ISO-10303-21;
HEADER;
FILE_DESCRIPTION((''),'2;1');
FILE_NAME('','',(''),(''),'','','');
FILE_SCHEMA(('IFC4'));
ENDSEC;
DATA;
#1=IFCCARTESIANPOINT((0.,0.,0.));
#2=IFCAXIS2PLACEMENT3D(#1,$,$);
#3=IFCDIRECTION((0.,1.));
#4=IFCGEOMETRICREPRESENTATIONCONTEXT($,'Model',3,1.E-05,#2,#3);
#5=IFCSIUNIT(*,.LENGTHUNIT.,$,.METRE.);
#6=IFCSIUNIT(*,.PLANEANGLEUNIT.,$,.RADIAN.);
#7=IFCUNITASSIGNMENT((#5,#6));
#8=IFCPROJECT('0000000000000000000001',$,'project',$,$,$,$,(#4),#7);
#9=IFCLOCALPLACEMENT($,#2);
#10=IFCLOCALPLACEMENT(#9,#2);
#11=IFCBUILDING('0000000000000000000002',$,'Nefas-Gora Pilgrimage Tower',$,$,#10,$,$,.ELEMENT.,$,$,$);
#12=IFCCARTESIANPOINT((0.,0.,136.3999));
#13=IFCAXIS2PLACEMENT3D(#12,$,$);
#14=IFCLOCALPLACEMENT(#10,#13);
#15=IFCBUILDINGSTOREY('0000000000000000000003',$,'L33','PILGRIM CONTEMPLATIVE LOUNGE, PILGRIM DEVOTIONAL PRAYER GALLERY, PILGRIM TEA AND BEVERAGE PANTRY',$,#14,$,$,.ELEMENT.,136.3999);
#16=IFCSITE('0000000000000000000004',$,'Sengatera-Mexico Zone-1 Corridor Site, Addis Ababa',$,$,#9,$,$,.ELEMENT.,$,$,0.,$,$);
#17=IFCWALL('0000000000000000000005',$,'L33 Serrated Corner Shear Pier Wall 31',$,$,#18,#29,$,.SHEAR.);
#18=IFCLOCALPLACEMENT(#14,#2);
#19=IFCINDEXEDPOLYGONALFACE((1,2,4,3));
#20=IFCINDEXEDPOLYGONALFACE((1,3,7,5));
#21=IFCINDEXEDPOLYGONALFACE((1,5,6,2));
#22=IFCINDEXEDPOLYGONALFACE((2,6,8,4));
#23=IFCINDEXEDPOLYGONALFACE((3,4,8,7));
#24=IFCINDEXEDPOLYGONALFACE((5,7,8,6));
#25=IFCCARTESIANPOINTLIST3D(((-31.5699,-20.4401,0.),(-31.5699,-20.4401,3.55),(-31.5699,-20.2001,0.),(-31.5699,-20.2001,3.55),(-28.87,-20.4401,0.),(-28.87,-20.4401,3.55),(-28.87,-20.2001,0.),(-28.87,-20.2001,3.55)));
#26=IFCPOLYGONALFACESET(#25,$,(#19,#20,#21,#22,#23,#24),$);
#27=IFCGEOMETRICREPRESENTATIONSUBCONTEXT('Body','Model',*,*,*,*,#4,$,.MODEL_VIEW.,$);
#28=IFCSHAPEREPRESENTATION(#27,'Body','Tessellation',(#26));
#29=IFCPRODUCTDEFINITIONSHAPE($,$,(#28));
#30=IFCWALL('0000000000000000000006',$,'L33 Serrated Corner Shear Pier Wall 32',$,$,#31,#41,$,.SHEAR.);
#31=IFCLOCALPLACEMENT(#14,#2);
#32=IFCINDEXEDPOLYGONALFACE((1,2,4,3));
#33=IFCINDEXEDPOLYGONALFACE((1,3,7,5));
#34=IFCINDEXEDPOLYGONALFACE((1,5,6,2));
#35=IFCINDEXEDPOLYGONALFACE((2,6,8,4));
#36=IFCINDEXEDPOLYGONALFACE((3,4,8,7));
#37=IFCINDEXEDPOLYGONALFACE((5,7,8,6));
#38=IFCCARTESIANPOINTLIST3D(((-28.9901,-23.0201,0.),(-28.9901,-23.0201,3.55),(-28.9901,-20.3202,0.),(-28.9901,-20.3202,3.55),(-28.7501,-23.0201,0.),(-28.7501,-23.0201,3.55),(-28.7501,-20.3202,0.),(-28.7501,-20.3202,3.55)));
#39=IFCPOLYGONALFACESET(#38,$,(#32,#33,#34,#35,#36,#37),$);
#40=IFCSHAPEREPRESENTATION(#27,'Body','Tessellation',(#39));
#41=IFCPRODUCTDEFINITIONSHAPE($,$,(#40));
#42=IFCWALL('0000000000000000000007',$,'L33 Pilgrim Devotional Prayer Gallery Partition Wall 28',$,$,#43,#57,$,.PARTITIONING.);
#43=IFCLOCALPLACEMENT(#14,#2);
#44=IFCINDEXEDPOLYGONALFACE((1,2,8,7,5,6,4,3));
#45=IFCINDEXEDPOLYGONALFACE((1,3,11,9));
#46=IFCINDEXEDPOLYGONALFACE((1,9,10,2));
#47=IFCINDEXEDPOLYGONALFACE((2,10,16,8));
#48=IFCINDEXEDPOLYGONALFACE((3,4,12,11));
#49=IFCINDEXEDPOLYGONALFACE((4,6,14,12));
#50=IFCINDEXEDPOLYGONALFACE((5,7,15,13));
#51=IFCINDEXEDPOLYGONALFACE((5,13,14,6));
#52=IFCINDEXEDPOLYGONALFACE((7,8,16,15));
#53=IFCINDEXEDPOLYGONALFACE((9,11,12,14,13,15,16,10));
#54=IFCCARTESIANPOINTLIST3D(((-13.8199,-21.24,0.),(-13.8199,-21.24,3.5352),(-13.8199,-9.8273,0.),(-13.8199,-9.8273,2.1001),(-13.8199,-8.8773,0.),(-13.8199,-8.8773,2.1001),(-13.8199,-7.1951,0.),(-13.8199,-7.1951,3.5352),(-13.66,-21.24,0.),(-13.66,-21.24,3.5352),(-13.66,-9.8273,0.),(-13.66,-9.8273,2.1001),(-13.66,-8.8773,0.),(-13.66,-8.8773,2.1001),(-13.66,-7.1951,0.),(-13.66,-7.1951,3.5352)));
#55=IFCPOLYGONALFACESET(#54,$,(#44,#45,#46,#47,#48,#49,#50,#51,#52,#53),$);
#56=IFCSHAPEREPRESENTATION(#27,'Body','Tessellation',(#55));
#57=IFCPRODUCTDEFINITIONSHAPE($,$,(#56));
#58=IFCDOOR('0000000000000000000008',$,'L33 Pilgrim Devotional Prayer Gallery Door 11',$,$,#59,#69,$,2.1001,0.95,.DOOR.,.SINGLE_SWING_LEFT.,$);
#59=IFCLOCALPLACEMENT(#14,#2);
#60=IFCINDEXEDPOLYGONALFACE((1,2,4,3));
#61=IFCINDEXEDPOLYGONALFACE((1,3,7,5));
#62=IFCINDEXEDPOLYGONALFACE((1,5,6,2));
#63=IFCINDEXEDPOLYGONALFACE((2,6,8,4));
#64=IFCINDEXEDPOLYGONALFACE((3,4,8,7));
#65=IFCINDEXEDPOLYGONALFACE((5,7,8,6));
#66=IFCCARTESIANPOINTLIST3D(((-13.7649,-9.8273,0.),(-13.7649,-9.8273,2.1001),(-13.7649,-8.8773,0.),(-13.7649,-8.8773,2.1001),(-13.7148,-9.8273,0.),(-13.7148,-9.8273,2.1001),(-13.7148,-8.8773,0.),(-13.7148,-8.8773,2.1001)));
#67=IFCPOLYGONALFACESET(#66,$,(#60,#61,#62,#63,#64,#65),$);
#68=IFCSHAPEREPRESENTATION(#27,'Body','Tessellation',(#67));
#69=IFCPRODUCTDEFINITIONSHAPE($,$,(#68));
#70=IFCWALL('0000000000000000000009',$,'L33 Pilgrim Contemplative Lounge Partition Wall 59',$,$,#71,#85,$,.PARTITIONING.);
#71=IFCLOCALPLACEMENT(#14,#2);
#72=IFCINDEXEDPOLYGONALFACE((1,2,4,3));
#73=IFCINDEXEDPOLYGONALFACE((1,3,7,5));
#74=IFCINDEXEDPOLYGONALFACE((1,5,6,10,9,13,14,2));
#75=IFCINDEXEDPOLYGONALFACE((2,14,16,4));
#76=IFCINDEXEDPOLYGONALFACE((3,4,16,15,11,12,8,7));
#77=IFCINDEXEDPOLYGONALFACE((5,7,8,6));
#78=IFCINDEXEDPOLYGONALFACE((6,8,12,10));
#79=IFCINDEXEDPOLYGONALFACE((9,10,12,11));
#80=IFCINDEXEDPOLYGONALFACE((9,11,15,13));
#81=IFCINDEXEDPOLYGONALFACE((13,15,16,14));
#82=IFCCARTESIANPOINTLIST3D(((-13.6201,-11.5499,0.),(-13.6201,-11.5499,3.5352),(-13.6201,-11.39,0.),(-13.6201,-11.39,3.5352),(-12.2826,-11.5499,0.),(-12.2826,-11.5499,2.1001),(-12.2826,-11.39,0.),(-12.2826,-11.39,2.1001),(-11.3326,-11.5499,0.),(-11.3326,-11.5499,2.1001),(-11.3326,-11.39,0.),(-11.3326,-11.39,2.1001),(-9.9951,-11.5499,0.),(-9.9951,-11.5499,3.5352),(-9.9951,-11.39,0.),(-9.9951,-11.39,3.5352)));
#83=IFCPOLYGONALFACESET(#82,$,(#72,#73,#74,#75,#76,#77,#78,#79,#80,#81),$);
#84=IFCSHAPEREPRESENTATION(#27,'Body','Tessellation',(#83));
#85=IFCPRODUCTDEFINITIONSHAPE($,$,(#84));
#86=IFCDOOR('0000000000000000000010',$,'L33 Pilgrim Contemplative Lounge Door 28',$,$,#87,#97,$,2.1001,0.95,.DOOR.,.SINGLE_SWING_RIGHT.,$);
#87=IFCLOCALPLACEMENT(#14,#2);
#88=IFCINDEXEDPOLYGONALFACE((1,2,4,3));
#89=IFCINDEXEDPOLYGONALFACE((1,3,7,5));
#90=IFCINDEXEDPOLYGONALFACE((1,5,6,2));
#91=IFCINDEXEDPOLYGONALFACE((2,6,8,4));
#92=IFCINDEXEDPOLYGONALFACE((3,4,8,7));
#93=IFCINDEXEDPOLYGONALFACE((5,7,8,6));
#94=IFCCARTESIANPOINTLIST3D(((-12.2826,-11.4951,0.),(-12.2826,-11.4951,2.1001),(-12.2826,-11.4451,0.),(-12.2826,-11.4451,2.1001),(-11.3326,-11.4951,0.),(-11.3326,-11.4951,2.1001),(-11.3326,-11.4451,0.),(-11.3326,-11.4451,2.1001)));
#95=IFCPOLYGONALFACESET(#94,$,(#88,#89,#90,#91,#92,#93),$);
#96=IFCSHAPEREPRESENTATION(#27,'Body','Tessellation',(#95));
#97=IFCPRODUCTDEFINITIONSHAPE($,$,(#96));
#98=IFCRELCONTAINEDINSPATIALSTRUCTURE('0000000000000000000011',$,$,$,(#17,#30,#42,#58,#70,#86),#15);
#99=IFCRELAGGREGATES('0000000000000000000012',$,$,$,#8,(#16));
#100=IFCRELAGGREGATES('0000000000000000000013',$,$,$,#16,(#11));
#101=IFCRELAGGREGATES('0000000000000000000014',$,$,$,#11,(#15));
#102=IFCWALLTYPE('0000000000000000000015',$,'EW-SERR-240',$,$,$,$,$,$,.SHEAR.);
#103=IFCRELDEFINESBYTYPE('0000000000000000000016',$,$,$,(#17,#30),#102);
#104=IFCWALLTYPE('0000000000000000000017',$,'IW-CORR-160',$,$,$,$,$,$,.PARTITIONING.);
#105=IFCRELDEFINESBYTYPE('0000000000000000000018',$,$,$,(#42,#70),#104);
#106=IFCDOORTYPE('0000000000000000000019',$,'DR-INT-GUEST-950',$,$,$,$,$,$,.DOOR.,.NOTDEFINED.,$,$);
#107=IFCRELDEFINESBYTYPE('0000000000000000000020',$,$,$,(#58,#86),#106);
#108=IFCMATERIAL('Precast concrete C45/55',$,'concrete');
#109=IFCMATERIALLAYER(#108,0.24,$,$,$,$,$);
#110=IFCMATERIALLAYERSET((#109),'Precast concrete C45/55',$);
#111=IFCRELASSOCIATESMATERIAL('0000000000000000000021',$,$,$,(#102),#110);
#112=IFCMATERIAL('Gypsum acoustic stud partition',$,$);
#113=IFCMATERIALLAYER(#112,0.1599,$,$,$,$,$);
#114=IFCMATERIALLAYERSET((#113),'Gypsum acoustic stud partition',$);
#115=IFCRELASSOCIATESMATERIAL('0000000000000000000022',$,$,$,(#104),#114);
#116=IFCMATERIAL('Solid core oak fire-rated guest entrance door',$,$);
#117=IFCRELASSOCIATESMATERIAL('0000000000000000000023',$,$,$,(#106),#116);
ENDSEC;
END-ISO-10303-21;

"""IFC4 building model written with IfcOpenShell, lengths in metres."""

from ifc_helpers import new_model, si_unit, direction, frame, frame_2d, origin, place, context, subcontext, project, spatial, rectangle, extrude, source, transform, mapped, material, layer, layer_set, type_object, element, fill, save


model = new_model("IFC4")

# Units and contexts
model_context = context("Model", 3, precision=1e-05, world=origin(), true_north=direction((0.0, 1.0)))
body_context = subcontext(model_context, "Body", "Model", "MODEL_VIEW")
ifc_project = project(units=[si_unit("LENGTHUNIT", "METRE"), si_unit("PLANEANGLEUNIT", "RADIAN")], contexts=[model_context])

# Site, building, storey
site_placement = place(None, origin())
site = spatial("IfcSite", under=ifc_project, at=site_placement, Name="Sengatera-Mexico Zone-1 Corridor Site, Addis Ababa", CompositionType="ELEMENT", RefElevation=0.0)
building_placement = place(site_placement, origin())
building = spatial("IfcBuilding", under=site, at=building_placement, Name="Nefas-Gora Pilgrimage Tower", CompositionType="ELEMENT")
storey_placement = place(building_placement, frame((0.0, 0.0, 136.3999)))
storey = spatial("IfcBuildingStorey", under=building, at=storey_placement, Name="L33", Description="PILGRIM CONTEMPLATIVE LOUNGE, PILGRIM DEVOTIONAL PRAYER GALLERY, PILGRIM TEA AND BEVERAGE PANTRY", CompositionType="ELEMENT", Elevation=136.3999)

# Shared definitions
ifc_material_1 = material(Name="Precast concrete C45/55", Category="concrete")
ifc_layer_1 = layer(ifc_material_1, 0.24)
ifc_layer_set_1 = layer_set([ifc_layer_1], Name="Precast concrete C45/55")
wall_type_1 = type_object("IfcWallType", Name="EW-SERR-240", PredefinedType="SHEAR", material=ifc_layer_set_1)
shared_shape_1 = source(origin(), body_context, "Body", "SweptSolid", [
    extrude(rectangle(XDim=2.7, YDim=0.24, at=frame_2d((1.3501, 0.0))), origin(), (0.0, 0.0, 1.0), 3.55),
])

# Walls
for number, where, z_axis, x_axis, name in (
    (1, (-31.5701, -20.3201, 0.0), (0.0, 0.0, 1.0), (1.0, 0.0, 0.0), "L33 Serrated Corner Shear Pier Wall 31"),
    (2, (-28.8701, -20.3201, 0.0), (0.0, 0.0, 1.0), (0.0, -1.0, 0.0), "L33 Serrated Corner Shear Pier Wall 32"),
):
    element("IfcWall", number, at=place(storey_placement, frame(where, z_axis=z_axis, x_axis=x_axis)), inside=storey, type_object=wall_type_1, Name=name, PredefinedType="SHEAR", context=body_context, shape_type="MappedRepresentation", body=[
        mapped(shared_shape_1, transform((0.0, 0.0, 0.0), x_axis=(1.0, 0.0, 0.0), y_axis=(0.0, 1.0, 0.0), z_axis=(0.0, 0.0, 1.0), scale=1.0)),
    ])

# Walls, openings, doors
ifc_material_2 = material(Name="Gypsum acoustic stud partition")
ifc_layer_2 = layer(ifc_material_2, 0.1599)
ifc_layer_set_2 = layer_set([ifc_layer_2], Name="Gypsum acoustic stud partition")
wall_type_2 = type_object("IfcWallType", Name="IW-CORR-160", PredefinedType="PARTITIONING", material=ifc_layer_set_2)
shared_shape_2 = source(origin(), body_context, "Body", "SweptSolid", [
    extrude(rectangle(XDim=14.0449, YDim=0.1599, at=frame_2d((7.0225, 0.0))), origin(), (0.0, 0.0, 1.0), 3.5352),
])
wall_1_placement = place(storey_placement, frame((-13.74, -21.24, 0.0), z_axis=(0.0, 0.0, 1.0), x_axis=(0.0, 1.0, 0.0)))
wall_1 = element("IfcWall", 3, at=wall_1_placement, inside=storey, type_object=wall_type_2, Name="L33 Pilgrim Devotional Prayer Gallery Partition Wall 28", PredefinedType="PARTITIONING", context=body_context, shape_type="MappedRepresentation", body=[
    mapped(shared_shape_2, transform((0.0, 0.0, 0.0), x_axis=(1.0, 0.0, 0.0), y_axis=(0.0, 1.0, 0.0), z_axis=(0.0, 0.0, 1.0), scale=1.0)),
])
opening_1_placement = place(wall_1_placement, frame((11.4126, 0.0, 0.0)))
opening_1 = element("IfcOpeningElement", 4, at=opening_1_placement, cuts=wall_1, PredefinedType="OPENING", context=body_context, shape_type="SweptSolid", body=[
    extrude(rectangle(XDim=0.95, YDim=2.1001, at=frame_2d((0.4751, 1.05))), frame((0.0, 0.0898, 0.0), z_axis=(0.0, -1.0, 0.0), x_axis=(1.0, 0.0, 0.0)), (0.0, 0.0, 1.0), 0.1799),
])
ifc_material_3 = material(Name="Solid core oak fire-rated guest entrance door")
door_type = type_object("IfcDoorType", Name="DR-INT-GUEST-950", OperationType="NOTDEFINED", PredefinedType="DOOR", material=ifc_material_3)
shared_shape_3 = source(origin(), body_context, "Body", "SweptSolid", [
    extrude(rectangle(XDim=0.95, YDim=2.1001, at=frame_2d((0.4751, 1.05))), frame((0.0, 0.0249, 0.0), z_axis=(0.0, -1.0, 0.0), x_axis=(1.0, 0.0, 0.0)), (0.0, 0.0, 1.0), 0.05),
])
door_1_placement = place(opening_1_placement, origin())
door_1 = element("IfcDoor", 5, at=door_1_placement, inside=storey, type_object=door_type, Name="L33 Pilgrim Devotional Prayer Gallery Door 11", OperationType="SINGLE_SWING_LEFT", OverallHeight=2.1001, OverallWidth=0.95, PredefinedType="DOOR", context=body_context, shape_type="MappedRepresentation", body=[
    mapped(shared_shape_3, transform((0.0, 0.0, 0.0), x_axis=(1.0, 0.0, 0.0), y_axis=(0.0, 1.0, 0.0), z_axis=(0.0, 0.0, 1.0), scale=1.0)),
])
fill(opening_1, door_1)
shared_shape_4 = source(origin(), body_context, "Body", "SweptSolid", [
    extrude(rectangle(XDim=3.625, YDim=0.1599, at=frame_2d((1.8125, 0.0))), origin(), (0.0, 0.0, 1.0), 3.5352),
])
wall_2_placement = place(storey_placement, frame((-13.6201, -11.47, 0.0), z_axis=(0.0, 0.0, 1.0), x_axis=(1.0, 0.0, 0.0)))
wall_2 = element("IfcWall", 6, at=wall_2_placement, inside=storey, type_object=wall_type_2, Name="L33 Pilgrim Contemplative Lounge Partition Wall 59", PredefinedType="PARTITIONING", context=body_context, shape_type="MappedRepresentation", body=[
    mapped(shared_shape_4, transform((0.0, 0.0, 0.0), x_axis=(1.0, 0.0, 0.0), y_axis=(0.0, 1.0, 0.0), z_axis=(0.0, 0.0, 1.0), scale=1.0)),
])
opening_2_placement = place(wall_2_placement, frame((1.3374, 0.0, 0.0)))
opening_2 = element("IfcOpeningElement", 7, at=opening_2_placement, cuts=wall_2, PredefinedType="OPENING", context=body_context, shape_type="SweptSolid", body=[
    extrude(rectangle(XDim=0.95, YDim=2.1001, at=frame_2d((0.4751, 1.05))), frame((0.0, 0.0898, 0.0), z_axis=(0.0, -1.0, 0.0), x_axis=(1.0, 0.0, 0.0)), (0.0, 0.0, 1.0), 0.1799),
])
door_2_placement = place(opening_2_placement, origin())
door_2 = element("IfcDoor", 8, at=door_2_placement, inside=storey, type_object=door_type, Name="L33 Pilgrim Contemplative Lounge Door 28", OperationType="SINGLE_SWING_RIGHT", OverallHeight=2.1001, OverallWidth=0.95, PredefinedType="DOOR", context=body_context, shape_type="MappedRepresentation", body=[
    mapped(shared_shape_3, transform((0.0, 0.0, 0.0), x_axis=(1.0, 0.0, 0.0), y_axis=(0.0, 1.0, 0.0), z_axis=(0.0, 0.0, 1.0), scale=1.0)),
])
fill(opening_2, door_2)

save(model, "model.ifc")
